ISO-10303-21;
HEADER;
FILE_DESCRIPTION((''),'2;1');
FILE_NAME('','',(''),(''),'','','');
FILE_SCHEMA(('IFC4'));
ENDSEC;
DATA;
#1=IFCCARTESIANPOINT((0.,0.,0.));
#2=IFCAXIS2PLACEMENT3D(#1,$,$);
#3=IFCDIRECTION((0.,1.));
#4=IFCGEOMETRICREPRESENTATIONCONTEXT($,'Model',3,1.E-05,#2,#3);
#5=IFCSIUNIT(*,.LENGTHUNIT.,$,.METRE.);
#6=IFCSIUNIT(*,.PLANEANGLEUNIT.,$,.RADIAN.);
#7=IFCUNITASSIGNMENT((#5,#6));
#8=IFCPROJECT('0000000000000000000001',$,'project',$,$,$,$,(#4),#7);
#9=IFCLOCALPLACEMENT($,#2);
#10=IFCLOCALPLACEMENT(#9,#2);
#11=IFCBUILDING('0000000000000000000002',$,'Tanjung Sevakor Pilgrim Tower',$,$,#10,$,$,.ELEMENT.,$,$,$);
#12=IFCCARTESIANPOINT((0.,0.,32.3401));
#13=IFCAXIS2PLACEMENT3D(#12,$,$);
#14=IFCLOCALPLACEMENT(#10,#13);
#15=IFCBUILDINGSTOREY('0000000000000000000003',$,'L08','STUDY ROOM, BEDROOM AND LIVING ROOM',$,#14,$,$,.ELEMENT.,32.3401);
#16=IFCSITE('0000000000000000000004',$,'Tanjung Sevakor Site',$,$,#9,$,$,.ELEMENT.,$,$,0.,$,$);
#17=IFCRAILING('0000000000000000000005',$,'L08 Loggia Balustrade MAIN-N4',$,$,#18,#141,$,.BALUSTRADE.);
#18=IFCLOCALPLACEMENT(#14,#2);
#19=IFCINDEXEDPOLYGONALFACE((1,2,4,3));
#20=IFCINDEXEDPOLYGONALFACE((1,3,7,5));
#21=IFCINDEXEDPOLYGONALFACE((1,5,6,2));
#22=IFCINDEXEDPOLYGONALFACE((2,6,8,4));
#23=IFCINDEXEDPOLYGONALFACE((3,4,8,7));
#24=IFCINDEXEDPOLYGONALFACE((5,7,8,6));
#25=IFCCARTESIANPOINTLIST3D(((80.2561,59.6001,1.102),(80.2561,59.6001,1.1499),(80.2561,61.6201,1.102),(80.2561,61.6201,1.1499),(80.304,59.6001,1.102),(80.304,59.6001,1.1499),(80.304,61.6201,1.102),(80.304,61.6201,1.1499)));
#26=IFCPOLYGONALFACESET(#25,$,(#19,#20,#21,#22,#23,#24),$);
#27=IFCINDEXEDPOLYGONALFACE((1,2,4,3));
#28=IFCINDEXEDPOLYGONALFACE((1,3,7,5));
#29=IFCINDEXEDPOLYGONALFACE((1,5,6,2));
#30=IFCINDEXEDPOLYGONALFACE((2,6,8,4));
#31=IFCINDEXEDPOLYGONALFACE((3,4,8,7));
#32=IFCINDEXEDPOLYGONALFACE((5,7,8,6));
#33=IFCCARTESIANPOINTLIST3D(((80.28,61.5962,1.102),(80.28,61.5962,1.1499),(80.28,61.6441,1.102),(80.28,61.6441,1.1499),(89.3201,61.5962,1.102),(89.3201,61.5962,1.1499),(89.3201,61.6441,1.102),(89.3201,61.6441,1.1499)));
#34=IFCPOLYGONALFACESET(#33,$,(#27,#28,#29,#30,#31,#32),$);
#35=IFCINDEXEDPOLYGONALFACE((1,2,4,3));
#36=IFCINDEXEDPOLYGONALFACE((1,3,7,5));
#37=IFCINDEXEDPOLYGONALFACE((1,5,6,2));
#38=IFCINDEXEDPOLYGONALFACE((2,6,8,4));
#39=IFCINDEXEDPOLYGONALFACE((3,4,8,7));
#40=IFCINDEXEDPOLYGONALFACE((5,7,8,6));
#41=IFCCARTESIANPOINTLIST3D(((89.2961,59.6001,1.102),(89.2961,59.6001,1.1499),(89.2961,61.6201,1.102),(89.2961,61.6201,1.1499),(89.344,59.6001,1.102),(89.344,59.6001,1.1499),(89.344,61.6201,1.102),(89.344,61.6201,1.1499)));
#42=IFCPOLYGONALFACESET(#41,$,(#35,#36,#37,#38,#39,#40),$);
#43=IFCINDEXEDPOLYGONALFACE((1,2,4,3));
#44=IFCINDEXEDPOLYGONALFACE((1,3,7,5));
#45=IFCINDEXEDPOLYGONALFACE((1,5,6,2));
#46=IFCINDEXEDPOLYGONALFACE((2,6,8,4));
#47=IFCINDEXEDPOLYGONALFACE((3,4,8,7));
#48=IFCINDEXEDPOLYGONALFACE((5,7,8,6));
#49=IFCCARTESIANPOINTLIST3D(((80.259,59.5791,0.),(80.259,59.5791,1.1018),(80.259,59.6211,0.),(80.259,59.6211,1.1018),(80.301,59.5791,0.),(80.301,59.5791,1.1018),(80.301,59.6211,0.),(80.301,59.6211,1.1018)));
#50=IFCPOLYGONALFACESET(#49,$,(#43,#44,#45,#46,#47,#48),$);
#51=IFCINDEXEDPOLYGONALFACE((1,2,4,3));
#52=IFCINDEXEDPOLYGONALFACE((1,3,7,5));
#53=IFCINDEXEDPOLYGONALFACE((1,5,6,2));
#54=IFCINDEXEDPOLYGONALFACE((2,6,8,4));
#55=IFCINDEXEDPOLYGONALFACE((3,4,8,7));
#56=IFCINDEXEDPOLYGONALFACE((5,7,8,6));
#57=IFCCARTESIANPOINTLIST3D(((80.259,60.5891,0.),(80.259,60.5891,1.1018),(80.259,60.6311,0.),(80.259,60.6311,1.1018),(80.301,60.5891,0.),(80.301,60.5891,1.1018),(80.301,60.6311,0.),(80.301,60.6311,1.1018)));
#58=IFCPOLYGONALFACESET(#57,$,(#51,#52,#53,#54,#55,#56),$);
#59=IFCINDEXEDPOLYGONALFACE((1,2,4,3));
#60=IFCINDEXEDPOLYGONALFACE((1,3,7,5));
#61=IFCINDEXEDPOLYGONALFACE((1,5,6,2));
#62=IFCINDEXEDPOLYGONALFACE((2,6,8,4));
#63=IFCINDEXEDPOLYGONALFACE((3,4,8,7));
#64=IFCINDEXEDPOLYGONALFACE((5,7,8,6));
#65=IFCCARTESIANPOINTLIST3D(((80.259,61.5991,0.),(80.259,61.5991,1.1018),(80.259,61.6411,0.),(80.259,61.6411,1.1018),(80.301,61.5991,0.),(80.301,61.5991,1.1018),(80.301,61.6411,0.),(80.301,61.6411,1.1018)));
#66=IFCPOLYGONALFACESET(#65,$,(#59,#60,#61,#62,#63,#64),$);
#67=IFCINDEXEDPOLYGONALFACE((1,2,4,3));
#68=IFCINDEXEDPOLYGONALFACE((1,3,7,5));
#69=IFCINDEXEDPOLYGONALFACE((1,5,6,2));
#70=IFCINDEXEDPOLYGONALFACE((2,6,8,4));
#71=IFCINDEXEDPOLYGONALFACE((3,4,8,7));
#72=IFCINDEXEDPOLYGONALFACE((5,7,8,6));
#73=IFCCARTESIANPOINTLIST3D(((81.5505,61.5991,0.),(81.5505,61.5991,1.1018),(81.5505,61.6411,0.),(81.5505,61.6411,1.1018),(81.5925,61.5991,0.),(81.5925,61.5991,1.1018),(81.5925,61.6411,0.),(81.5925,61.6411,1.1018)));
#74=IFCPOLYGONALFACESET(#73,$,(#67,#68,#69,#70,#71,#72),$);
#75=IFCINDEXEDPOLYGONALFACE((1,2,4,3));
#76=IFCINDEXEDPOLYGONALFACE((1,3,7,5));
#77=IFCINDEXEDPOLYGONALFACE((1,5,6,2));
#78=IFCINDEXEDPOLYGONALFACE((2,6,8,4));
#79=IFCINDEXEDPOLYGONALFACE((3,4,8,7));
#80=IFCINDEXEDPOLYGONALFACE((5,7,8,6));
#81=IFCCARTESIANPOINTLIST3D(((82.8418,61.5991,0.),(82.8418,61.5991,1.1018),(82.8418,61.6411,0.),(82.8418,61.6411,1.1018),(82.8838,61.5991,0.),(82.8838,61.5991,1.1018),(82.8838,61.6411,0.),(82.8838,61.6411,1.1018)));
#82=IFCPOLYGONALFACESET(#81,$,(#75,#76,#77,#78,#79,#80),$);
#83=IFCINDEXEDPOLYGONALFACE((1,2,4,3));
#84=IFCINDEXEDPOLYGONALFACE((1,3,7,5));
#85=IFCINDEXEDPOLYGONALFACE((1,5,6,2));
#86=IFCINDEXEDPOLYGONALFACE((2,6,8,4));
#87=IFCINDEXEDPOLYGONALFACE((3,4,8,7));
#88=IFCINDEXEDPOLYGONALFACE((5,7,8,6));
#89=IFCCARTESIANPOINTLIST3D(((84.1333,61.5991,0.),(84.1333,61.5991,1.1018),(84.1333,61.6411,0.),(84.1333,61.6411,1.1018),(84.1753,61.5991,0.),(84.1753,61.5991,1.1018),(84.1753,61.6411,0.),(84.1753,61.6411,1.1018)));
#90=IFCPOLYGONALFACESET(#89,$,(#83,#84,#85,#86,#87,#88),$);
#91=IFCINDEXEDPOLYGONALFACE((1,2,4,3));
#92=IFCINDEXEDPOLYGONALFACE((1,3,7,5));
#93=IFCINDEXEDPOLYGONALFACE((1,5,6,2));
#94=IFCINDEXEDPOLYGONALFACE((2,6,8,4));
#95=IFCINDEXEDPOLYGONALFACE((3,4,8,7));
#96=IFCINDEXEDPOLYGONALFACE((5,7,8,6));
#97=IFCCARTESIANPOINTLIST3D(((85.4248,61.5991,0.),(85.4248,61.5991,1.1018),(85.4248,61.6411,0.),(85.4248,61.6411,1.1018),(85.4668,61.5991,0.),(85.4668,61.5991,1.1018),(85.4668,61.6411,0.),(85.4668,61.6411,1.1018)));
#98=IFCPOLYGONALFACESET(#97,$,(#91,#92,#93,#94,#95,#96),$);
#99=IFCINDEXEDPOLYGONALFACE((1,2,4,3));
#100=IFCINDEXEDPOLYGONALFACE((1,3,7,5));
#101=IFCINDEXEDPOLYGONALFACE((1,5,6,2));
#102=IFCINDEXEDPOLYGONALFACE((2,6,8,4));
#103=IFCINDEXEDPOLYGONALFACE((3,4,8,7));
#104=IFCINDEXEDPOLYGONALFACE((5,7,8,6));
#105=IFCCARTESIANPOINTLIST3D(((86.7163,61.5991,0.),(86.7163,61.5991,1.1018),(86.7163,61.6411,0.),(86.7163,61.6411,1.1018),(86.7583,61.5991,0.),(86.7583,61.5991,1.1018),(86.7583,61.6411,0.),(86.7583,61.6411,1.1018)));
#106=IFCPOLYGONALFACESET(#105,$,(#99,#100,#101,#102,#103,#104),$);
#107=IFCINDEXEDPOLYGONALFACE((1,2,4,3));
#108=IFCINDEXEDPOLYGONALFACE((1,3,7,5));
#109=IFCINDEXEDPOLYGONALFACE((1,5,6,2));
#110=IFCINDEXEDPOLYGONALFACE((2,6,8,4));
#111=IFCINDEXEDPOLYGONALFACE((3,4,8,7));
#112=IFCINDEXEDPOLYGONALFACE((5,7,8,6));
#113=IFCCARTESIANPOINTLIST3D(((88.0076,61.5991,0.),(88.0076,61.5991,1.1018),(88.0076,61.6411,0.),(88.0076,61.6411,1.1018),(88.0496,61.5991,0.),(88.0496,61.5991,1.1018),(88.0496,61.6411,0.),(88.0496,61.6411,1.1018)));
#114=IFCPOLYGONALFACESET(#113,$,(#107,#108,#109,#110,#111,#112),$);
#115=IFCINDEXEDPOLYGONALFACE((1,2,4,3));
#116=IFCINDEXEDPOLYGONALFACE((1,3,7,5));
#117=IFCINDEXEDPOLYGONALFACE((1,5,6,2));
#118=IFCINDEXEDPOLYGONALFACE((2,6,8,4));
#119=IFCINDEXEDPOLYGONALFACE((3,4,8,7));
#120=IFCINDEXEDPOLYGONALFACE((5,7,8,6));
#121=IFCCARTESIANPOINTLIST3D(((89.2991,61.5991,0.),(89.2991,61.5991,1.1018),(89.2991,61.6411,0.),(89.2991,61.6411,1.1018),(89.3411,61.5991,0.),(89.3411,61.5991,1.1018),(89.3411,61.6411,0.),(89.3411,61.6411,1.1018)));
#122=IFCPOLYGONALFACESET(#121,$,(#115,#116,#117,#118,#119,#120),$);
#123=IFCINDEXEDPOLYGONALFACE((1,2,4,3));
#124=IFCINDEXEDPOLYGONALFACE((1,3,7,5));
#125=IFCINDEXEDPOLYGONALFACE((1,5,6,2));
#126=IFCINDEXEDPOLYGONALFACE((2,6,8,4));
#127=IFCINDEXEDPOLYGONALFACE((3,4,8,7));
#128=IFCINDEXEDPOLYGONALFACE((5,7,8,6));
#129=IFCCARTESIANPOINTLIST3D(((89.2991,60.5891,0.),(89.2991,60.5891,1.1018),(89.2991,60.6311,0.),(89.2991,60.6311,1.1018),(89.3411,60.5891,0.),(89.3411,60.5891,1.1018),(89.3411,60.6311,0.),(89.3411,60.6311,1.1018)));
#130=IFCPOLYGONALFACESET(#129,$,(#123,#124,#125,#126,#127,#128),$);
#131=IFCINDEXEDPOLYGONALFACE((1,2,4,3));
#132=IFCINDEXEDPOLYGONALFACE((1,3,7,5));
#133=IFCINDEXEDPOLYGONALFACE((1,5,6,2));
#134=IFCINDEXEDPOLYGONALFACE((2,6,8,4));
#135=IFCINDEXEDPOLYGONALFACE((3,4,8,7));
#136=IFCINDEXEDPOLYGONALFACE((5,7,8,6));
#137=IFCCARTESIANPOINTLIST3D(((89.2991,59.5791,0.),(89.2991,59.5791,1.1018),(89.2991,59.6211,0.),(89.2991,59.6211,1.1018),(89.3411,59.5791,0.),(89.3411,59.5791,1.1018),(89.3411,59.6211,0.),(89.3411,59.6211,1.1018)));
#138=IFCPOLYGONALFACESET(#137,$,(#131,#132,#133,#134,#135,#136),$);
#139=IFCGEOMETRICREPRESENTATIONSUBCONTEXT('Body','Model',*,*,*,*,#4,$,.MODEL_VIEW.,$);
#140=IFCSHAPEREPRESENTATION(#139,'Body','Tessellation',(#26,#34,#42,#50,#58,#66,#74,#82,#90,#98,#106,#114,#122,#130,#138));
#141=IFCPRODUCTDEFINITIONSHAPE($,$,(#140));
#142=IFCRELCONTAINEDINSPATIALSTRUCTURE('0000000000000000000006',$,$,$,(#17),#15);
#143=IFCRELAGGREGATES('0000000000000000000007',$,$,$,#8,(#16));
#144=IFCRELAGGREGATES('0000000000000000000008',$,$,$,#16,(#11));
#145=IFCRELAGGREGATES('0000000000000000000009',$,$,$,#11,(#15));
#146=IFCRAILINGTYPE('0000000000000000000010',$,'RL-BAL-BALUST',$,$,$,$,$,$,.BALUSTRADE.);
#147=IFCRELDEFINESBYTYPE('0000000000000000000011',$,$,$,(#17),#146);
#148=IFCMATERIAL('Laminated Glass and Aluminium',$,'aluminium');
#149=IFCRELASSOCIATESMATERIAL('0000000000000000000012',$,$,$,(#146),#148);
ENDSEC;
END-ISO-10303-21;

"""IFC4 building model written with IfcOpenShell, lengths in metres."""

from ifc_helpers import new_model, si_unit, direction, frame, origin, place, context, subcontext, project, spatial, rectangle, extrude, material, type_object, element, save


model = new_model("IFC4")

# Units and contexts
model_context = context("Model", 3, precision=1e-05, world=origin(), true_north=direction((0.0, 1.0)))
body_context = subcontext(model_context, "Body", "Model", "MODEL_VIEW")
ifc_project = project(units=[si_unit("LENGTHUNIT", "METRE"), si_unit("PLANEANGLEUNIT", "RADIAN")], contexts=[model_context])

# Site, building, storey
site_placement = place(None, origin())
site = spatial("IfcSite", under=ifc_project, at=site_placement, Name="Tanjung Sevakor Site", CompositionType="ELEMENT", RefElevation=0.0)
building_placement = place(site_placement, origin())
building = spatial("IfcBuilding", under=site, at=building_placement, Name="Tanjung Sevakor Pilgrim Tower", CompositionType="ELEMENT")
storey_placement = place(building_placement, frame((0.0, 0.0, 32.3401)))
storey = spatial("IfcBuildingStorey", under=building, at=storey_placement, Name="L08", Description="STUDY ROOM, BEDROOM AND LIVING ROOM", CompositionType="ELEMENT", Elevation=32.3401)

# Railing
ifc_material_1 = material(Name="Laminated Glass and Aluminium", Category="aluminium")
railing_type = type_object("IfcRailingType", Name="RL-BAL-BALUST", PredefinedType="BALUSTRADE", material=ifc_material_1)
railing_1_placement = place(storey_placement, frame((80.28, 59.6001, 0.0)))
element("IfcRailing", 1, at=railing_1_placement, inside=storey, type_object=railing_type, Name="L08 Loggia Balustrade MAIN-N4", PredefinedType="BALUSTRADE", context=body_context, shape_type="SweptSolid", body=[
    extrude(rectangle(XDim=0.0479, YDim=0.0479), frame((0.0, 0.0, 1.126), z_axis=(0.0, 1.0, 0.0), x_axis=(-1.0, 0.0, 0.0)), (0.0, 0.0, 1.0), 2.02),
    extrude(rectangle(XDim=0.0479, YDim=0.0479), frame((0.0, 2.02, 1.126), z_axis=(1.0, 0.0, 0.0), x_axis=(0.0, 1.0, 0.0)), (0.0, 0.0, 1.0), 9.04),
    extrude(rectangle(XDim=0.0479, YDim=0.0479), frame((9.04, 2.02, 1.126), z_axis=(0.0, -1.0, 0.0), x_axis=(1.0, 0.0, 0.0)), (0.0, 0.0, 1.0), 2.02),
    extrude(rectangle(XDim=0.042, YDim=0.042), origin(), (0.0, 0.0, 1.0), 1.1018),
    extrude(rectangle(XDim=0.042, YDim=0.042), frame((0.0, 1.01, 0.0)), (0.0, 0.0, 1.0), 1.1018),
    extrude(rectangle(XDim=0.042, YDim=0.042), frame((0.0, 2.02, 0.0)), (0.0, 0.0, 1.0), 1.1018),
    extrude(rectangle(XDim=0.042, YDim=0.042), frame((1.2915, 2.02, 0.0)), (0.0, 0.0, 1.0), 1.1018),
    extrude(rectangle(XDim=0.042, YDim=0.042), frame((2.5828, 2.02, 0.0)), (0.0, 0.0, 1.0), 1.1018),
    extrude(rectangle(XDim=0.042, YDim=0.042), frame((3.8743, 2.02, 0.0)), (0.0, 0.0, 1.0), 1.1018),
    extrude(rectangle(XDim=0.042, YDim=0.042), frame((5.1658, 2.02, 0.0)), (0.0, 0.0, 1.0), 1.1018),
    extrude(rectangle(XDim=0.042, YDim=0.042), frame((6.4573, 2.02, 0.0)), (0.0, 0.0, 1.0), 1.1018),
    extrude(rectangle(XDim=0.042, YDim=0.042), frame((7.7485, 2.02, 0.0)), (0.0, 0.0, 1.0), 1.1018),
    extrude(rectangle(XDim=0.042, YDim=0.042), frame((9.04, 2.02, 0.0)), (0.0, 0.0, 1.0), 1.1018),
    extrude(rectangle(XDim=0.042, YDim=0.042), frame((9.04, 1.01, 0.0)), (0.0, 0.0, 1.0), 1.1018),
    extrude(rectangle(XDim=0.042, YDim=0.042), frame((9.04, 0.0, 0.0)), (0.0, 0.0, 1.0), 1.1018),
])

save(model, "model.ifc")
